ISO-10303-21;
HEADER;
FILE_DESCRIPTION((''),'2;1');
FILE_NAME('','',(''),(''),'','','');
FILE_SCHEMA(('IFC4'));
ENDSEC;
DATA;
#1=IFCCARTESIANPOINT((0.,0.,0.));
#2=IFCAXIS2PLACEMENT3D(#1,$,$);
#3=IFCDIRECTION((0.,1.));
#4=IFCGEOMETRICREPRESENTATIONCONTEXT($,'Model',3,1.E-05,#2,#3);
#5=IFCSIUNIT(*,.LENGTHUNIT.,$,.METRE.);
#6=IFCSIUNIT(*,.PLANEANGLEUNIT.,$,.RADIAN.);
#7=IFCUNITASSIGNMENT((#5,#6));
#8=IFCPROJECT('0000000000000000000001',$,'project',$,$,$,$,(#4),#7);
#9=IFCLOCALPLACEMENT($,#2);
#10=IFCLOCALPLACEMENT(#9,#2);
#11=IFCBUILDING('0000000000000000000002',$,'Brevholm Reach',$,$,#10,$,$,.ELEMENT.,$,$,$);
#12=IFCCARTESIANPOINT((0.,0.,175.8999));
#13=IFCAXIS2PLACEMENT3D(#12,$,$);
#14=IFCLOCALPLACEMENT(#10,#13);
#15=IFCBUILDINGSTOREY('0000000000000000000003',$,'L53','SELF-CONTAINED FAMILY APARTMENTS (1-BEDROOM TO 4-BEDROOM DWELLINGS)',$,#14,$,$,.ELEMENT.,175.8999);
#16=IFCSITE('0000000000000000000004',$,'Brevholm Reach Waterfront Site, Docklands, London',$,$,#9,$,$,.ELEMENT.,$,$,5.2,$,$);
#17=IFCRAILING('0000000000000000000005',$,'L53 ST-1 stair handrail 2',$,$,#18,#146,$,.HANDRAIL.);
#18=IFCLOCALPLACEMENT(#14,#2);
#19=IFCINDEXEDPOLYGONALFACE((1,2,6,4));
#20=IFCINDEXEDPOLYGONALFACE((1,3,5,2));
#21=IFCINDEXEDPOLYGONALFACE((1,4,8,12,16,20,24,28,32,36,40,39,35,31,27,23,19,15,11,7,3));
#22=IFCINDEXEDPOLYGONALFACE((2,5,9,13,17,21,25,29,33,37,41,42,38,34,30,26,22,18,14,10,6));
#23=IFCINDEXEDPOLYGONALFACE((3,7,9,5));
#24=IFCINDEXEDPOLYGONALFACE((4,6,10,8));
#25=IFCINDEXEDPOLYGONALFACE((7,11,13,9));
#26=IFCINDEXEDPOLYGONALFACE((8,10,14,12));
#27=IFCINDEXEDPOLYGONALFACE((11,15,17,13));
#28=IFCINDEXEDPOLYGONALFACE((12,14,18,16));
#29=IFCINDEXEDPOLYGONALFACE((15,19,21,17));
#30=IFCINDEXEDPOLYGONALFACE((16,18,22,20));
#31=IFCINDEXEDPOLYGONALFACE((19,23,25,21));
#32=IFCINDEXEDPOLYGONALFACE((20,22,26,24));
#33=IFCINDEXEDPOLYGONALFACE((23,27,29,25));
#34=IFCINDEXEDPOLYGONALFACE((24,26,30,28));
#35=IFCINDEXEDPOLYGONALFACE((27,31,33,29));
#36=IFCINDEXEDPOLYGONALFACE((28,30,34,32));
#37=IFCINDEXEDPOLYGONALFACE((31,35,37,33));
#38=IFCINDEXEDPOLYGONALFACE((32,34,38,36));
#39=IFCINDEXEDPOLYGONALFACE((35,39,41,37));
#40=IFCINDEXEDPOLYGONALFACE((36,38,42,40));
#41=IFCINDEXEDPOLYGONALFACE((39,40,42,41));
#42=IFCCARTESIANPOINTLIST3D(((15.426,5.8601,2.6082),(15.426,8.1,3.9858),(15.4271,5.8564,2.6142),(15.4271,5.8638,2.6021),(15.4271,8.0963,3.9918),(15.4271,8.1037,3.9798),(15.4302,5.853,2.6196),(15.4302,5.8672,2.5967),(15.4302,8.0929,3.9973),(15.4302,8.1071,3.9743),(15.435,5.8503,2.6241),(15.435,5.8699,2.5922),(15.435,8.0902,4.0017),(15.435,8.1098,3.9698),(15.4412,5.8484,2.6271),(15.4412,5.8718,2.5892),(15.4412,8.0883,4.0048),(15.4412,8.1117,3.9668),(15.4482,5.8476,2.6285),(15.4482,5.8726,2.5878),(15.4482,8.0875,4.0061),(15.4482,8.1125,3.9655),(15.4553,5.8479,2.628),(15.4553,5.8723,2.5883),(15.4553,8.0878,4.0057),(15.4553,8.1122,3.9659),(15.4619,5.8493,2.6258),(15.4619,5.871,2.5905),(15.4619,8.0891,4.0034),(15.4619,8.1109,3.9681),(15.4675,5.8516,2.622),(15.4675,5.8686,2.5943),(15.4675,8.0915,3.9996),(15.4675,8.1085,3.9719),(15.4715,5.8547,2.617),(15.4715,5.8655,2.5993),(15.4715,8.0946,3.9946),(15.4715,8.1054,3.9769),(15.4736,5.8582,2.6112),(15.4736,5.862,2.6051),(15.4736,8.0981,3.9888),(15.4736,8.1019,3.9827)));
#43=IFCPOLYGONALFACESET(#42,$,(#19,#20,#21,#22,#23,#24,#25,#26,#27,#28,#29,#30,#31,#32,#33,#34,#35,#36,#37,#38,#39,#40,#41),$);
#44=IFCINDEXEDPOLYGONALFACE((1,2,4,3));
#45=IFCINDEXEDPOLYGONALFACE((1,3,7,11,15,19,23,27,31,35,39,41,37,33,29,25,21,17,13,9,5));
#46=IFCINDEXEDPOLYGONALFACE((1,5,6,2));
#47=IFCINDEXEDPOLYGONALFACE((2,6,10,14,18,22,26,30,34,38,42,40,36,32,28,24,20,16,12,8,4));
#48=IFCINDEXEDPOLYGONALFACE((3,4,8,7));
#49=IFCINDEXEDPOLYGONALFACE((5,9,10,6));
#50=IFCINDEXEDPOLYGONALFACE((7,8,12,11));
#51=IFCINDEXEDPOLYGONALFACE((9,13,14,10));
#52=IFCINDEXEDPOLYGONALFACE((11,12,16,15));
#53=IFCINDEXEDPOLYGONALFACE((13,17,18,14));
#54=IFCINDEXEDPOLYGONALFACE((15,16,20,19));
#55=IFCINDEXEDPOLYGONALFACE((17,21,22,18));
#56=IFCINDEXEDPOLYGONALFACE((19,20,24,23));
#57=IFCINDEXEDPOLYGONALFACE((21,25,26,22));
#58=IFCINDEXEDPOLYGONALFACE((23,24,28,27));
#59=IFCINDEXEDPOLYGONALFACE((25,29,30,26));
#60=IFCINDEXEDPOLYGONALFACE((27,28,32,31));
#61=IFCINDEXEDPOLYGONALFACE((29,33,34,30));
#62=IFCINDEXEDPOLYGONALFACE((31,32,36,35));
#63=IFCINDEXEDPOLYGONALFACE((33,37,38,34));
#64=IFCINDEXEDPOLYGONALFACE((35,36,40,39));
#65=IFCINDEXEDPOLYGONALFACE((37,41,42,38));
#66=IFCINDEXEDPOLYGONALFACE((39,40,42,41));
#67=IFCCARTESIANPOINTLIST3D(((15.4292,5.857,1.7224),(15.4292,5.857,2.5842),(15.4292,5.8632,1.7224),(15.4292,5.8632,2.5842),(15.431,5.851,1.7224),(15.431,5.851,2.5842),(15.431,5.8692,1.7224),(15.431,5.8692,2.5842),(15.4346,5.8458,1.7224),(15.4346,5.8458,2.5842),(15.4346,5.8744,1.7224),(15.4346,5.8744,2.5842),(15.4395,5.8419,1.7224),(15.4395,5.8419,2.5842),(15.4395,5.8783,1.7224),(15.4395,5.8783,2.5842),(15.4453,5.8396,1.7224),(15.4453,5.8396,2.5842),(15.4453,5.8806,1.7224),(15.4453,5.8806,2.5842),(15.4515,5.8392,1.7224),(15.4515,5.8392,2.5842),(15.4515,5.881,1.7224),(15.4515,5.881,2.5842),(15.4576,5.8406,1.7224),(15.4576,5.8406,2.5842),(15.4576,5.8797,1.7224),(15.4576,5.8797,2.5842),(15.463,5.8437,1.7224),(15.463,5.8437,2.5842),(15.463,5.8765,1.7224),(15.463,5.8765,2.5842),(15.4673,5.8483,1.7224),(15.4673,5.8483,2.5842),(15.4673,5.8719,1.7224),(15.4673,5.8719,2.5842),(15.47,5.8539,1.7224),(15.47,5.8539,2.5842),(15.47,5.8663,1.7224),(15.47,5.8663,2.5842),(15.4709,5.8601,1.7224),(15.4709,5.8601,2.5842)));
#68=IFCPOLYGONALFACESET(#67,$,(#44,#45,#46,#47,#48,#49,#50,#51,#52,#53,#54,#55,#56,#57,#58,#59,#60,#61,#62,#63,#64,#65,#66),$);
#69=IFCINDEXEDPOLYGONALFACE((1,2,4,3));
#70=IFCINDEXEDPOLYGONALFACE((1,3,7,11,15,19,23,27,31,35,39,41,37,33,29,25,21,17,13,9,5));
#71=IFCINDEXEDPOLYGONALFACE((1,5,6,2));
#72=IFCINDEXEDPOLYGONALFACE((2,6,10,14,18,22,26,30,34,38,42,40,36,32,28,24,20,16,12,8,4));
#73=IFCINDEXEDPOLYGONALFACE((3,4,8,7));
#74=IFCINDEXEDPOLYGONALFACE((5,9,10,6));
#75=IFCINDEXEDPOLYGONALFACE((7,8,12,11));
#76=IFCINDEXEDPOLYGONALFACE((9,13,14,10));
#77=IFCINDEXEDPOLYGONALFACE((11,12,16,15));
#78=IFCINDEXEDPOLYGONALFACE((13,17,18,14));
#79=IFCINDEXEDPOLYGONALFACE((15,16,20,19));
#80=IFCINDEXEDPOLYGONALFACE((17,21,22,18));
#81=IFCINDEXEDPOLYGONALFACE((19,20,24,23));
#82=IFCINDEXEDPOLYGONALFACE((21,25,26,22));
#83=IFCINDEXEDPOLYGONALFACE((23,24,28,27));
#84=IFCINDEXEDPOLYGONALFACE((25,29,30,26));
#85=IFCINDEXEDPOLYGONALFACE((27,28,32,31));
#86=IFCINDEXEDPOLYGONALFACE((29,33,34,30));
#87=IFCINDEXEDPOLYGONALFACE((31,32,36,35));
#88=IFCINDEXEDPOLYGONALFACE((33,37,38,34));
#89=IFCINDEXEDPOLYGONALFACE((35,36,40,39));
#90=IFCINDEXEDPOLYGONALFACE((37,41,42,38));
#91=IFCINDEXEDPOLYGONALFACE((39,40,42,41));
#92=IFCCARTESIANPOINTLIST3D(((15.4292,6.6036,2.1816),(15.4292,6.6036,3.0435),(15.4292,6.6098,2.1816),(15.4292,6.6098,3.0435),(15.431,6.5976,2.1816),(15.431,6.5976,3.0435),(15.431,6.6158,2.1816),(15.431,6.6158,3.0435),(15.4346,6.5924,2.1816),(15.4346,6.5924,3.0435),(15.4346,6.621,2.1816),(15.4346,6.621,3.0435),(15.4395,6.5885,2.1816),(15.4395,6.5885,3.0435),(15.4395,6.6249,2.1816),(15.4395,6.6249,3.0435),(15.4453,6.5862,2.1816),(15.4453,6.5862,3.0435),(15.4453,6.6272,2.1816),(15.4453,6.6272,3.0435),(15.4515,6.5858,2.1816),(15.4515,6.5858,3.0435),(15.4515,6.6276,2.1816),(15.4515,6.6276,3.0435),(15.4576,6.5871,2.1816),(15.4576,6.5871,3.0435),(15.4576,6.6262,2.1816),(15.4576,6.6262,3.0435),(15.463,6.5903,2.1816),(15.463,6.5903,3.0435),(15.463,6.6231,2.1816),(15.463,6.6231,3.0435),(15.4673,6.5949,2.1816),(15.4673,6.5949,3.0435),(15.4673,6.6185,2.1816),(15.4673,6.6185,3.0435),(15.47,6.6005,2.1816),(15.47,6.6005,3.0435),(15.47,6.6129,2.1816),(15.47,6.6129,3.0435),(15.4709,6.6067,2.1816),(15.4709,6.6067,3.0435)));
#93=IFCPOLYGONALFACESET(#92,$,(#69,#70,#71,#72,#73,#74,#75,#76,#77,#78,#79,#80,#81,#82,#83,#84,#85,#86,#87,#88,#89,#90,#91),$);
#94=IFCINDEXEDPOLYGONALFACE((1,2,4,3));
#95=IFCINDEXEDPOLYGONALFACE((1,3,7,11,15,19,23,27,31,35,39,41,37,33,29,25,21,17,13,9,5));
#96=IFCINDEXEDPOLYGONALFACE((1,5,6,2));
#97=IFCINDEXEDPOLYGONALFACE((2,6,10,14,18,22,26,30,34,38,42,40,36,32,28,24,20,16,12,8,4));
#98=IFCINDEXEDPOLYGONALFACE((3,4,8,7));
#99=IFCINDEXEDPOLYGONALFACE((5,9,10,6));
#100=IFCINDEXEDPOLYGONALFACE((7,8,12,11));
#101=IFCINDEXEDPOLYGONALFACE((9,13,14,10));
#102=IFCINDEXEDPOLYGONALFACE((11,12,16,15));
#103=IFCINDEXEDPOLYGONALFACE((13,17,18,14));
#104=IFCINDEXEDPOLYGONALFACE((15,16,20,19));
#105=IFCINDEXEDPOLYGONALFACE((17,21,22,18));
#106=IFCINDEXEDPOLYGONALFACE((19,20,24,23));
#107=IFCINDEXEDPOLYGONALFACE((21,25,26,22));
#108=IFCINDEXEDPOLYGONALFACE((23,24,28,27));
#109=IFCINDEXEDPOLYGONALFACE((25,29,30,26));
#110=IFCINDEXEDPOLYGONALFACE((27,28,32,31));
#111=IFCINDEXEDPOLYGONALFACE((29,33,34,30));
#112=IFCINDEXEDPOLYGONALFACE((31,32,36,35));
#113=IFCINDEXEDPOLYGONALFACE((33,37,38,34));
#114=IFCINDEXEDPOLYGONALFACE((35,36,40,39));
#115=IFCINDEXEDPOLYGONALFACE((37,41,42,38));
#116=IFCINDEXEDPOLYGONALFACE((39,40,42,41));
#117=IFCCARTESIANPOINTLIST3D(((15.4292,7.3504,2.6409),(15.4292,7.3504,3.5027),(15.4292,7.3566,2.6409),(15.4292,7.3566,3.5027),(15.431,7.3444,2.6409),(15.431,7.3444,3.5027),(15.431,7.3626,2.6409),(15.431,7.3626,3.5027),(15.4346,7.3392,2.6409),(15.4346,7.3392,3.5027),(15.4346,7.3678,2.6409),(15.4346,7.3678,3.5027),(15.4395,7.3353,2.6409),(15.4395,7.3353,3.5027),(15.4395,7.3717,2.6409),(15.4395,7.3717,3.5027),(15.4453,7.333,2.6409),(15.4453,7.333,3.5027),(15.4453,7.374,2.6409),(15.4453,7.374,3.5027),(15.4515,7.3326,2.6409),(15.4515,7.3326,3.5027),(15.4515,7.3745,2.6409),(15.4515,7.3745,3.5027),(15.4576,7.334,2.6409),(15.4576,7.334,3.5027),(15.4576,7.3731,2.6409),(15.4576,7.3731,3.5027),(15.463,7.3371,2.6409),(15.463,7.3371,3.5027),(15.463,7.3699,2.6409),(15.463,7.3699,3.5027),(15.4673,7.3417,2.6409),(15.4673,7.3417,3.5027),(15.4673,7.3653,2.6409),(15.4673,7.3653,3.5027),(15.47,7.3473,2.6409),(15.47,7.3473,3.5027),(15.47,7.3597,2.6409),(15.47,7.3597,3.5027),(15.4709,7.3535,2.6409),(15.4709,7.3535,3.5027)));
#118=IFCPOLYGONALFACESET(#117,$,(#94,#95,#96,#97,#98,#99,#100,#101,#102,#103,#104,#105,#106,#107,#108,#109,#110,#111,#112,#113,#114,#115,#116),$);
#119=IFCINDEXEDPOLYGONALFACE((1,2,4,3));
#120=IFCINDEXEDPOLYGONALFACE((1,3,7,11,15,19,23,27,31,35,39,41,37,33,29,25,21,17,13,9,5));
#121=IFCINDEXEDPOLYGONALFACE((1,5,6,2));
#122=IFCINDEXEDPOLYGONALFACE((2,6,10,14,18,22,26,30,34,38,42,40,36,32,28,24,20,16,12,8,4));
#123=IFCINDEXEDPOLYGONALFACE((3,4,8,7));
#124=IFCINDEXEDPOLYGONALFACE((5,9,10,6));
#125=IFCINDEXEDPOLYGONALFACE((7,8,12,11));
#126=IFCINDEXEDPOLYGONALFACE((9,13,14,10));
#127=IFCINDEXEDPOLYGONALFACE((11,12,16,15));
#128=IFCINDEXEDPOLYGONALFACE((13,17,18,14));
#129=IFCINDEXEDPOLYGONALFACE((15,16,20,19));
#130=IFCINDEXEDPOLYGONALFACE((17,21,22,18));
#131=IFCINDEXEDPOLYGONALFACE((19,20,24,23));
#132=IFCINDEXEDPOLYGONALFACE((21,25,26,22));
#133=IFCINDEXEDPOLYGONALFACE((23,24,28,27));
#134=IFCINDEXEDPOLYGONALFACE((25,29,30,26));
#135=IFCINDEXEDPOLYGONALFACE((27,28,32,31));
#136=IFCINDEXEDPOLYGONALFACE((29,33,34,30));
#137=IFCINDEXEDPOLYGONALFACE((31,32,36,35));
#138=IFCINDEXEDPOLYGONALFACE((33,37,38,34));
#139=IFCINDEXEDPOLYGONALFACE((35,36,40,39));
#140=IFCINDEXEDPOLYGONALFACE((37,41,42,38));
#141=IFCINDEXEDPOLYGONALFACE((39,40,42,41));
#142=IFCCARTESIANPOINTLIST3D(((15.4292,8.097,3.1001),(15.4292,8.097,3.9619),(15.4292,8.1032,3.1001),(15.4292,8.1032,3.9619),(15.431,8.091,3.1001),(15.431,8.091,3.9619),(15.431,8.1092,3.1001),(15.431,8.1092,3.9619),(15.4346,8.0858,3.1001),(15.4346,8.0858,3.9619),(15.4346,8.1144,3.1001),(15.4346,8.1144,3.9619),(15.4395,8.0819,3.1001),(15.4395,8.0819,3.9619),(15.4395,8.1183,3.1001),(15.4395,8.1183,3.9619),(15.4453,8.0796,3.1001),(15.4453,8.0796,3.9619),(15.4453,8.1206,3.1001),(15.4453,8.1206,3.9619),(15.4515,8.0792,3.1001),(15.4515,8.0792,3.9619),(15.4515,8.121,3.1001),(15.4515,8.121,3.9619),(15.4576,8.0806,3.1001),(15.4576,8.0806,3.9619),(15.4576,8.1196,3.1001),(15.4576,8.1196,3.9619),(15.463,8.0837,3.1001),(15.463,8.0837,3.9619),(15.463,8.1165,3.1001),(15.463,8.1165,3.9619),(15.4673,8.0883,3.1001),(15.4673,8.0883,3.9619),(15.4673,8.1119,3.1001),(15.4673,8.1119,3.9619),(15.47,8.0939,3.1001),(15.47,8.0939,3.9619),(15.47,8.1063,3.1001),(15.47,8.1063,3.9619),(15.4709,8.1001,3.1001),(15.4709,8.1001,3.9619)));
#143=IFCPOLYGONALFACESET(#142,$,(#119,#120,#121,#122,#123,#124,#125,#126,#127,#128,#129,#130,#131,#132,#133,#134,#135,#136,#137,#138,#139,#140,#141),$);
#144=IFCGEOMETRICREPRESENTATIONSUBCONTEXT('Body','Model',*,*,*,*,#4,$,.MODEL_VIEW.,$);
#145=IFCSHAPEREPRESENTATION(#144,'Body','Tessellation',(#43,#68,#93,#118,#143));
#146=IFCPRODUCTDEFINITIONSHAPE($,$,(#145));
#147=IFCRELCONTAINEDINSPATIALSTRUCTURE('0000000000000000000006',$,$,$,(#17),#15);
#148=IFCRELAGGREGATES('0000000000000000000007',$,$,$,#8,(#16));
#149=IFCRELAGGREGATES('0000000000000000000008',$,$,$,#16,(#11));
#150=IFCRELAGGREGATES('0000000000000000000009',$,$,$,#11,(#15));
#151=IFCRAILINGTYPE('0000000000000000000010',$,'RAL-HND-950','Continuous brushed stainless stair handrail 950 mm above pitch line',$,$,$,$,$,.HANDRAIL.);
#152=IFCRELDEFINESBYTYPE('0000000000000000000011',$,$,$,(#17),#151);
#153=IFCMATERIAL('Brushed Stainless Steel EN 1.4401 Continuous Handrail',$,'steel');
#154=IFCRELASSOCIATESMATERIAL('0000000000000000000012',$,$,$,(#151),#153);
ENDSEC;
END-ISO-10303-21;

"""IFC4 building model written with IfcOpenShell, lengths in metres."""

from ifc_helpers import new_model, si_unit, direction, frame, origin, origin_2d, place, context, subcontext, project, spatial, circle, extrude, material, type_object, element, save


model = new_model("IFC4")

# Units and contexts
model_context = context("Model", 3, precision=1e-05, world=origin(), true_north=direction((0.0, 1.0)))
body_context = subcontext(model_context, "Body", "Model", "MODEL_VIEW")
ifc_project = project(units=[si_unit("LENGTHUNIT", "METRE"), si_unit("PLANEANGLEUNIT", "RADIAN")], contexts=[model_context])

# Site, building, storey
site_placement = place(None, origin())
site = spatial("IfcSite", under=ifc_project, at=site_placement, Name="Brevholm Reach Waterfront Site, Docklands, London", CompositionType="ELEMENT", RefElevation=5.2)
building_placement = place(site_placement, origin())
building = spatial("IfcBuilding", under=site, at=building_placement, Name="Brevholm Reach", CompositionType="ELEMENT")
storey_placement = place(building_placement, frame((0.0, 0.0, 175.8999)))
storey = spatial("IfcBuildingStorey", under=building, at=storey_placement, Name="L53", Description="SELF-CONTAINED FAMILY APARTMENTS (1-BEDROOM TO 4-BEDROOM DWELLINGS)", CompositionType="ELEMENT", Elevation=175.8999)

# Railing
ifc_material_1 = material(Name="Brushed Stainless Steel EN 1.4401 Continuous Handrail", Category="steel")
railing_type_1 = type_object("IfcRailingType", Name="RAL-HND-950", Description="Continuous brushed stainless stair handrail 950 mm above pitch line", PredefinedType="HANDRAIL", material=ifc_material_1)
railing_1_placement = place(storey_placement, frame((15.45, 5.8601, 1.7224)))
element("IfcRailing", 1, at=railing_1_placement, inside=storey, type_object=railing_type_1, Name="L53 ST-1 stair handrail 2", PredefinedType="HANDRAIL", context=body_context, shape_type="SweptSolid", body=[
    extrude(circle(Radius=0.0239, at=origin_2d()), frame((0.0, 0.0, 0.8857), z_axis=(0.0, 0.851789, 0.523885), x_axis=(-1.0, 0.0, 0.0)), (0.0, 0.0, 1.0), 2.6296),
    extrude(circle(Radius=0.021, at=origin_2d()), origin(), (0.0, 0.0, 1.0), 0.8618),
    extrude(circle(Radius=0.021, at=origin_2d()), frame((0.0, 0.7466, 0.4592)), (0.0, 0.0, 1.0), 0.8618),
    extrude(circle(Radius=0.021, at=origin_2d()), frame((0.0, 1.4934, 0.9185)), (0.0, 0.0, 1.0), 0.8618),
    extrude(circle(Radius=0.021, at=origin_2d()), frame((0.0, 2.24, 1.3777)), (0.0, 0.0, 1.0), 0.8618),
])

save(model, "model.ifc")
